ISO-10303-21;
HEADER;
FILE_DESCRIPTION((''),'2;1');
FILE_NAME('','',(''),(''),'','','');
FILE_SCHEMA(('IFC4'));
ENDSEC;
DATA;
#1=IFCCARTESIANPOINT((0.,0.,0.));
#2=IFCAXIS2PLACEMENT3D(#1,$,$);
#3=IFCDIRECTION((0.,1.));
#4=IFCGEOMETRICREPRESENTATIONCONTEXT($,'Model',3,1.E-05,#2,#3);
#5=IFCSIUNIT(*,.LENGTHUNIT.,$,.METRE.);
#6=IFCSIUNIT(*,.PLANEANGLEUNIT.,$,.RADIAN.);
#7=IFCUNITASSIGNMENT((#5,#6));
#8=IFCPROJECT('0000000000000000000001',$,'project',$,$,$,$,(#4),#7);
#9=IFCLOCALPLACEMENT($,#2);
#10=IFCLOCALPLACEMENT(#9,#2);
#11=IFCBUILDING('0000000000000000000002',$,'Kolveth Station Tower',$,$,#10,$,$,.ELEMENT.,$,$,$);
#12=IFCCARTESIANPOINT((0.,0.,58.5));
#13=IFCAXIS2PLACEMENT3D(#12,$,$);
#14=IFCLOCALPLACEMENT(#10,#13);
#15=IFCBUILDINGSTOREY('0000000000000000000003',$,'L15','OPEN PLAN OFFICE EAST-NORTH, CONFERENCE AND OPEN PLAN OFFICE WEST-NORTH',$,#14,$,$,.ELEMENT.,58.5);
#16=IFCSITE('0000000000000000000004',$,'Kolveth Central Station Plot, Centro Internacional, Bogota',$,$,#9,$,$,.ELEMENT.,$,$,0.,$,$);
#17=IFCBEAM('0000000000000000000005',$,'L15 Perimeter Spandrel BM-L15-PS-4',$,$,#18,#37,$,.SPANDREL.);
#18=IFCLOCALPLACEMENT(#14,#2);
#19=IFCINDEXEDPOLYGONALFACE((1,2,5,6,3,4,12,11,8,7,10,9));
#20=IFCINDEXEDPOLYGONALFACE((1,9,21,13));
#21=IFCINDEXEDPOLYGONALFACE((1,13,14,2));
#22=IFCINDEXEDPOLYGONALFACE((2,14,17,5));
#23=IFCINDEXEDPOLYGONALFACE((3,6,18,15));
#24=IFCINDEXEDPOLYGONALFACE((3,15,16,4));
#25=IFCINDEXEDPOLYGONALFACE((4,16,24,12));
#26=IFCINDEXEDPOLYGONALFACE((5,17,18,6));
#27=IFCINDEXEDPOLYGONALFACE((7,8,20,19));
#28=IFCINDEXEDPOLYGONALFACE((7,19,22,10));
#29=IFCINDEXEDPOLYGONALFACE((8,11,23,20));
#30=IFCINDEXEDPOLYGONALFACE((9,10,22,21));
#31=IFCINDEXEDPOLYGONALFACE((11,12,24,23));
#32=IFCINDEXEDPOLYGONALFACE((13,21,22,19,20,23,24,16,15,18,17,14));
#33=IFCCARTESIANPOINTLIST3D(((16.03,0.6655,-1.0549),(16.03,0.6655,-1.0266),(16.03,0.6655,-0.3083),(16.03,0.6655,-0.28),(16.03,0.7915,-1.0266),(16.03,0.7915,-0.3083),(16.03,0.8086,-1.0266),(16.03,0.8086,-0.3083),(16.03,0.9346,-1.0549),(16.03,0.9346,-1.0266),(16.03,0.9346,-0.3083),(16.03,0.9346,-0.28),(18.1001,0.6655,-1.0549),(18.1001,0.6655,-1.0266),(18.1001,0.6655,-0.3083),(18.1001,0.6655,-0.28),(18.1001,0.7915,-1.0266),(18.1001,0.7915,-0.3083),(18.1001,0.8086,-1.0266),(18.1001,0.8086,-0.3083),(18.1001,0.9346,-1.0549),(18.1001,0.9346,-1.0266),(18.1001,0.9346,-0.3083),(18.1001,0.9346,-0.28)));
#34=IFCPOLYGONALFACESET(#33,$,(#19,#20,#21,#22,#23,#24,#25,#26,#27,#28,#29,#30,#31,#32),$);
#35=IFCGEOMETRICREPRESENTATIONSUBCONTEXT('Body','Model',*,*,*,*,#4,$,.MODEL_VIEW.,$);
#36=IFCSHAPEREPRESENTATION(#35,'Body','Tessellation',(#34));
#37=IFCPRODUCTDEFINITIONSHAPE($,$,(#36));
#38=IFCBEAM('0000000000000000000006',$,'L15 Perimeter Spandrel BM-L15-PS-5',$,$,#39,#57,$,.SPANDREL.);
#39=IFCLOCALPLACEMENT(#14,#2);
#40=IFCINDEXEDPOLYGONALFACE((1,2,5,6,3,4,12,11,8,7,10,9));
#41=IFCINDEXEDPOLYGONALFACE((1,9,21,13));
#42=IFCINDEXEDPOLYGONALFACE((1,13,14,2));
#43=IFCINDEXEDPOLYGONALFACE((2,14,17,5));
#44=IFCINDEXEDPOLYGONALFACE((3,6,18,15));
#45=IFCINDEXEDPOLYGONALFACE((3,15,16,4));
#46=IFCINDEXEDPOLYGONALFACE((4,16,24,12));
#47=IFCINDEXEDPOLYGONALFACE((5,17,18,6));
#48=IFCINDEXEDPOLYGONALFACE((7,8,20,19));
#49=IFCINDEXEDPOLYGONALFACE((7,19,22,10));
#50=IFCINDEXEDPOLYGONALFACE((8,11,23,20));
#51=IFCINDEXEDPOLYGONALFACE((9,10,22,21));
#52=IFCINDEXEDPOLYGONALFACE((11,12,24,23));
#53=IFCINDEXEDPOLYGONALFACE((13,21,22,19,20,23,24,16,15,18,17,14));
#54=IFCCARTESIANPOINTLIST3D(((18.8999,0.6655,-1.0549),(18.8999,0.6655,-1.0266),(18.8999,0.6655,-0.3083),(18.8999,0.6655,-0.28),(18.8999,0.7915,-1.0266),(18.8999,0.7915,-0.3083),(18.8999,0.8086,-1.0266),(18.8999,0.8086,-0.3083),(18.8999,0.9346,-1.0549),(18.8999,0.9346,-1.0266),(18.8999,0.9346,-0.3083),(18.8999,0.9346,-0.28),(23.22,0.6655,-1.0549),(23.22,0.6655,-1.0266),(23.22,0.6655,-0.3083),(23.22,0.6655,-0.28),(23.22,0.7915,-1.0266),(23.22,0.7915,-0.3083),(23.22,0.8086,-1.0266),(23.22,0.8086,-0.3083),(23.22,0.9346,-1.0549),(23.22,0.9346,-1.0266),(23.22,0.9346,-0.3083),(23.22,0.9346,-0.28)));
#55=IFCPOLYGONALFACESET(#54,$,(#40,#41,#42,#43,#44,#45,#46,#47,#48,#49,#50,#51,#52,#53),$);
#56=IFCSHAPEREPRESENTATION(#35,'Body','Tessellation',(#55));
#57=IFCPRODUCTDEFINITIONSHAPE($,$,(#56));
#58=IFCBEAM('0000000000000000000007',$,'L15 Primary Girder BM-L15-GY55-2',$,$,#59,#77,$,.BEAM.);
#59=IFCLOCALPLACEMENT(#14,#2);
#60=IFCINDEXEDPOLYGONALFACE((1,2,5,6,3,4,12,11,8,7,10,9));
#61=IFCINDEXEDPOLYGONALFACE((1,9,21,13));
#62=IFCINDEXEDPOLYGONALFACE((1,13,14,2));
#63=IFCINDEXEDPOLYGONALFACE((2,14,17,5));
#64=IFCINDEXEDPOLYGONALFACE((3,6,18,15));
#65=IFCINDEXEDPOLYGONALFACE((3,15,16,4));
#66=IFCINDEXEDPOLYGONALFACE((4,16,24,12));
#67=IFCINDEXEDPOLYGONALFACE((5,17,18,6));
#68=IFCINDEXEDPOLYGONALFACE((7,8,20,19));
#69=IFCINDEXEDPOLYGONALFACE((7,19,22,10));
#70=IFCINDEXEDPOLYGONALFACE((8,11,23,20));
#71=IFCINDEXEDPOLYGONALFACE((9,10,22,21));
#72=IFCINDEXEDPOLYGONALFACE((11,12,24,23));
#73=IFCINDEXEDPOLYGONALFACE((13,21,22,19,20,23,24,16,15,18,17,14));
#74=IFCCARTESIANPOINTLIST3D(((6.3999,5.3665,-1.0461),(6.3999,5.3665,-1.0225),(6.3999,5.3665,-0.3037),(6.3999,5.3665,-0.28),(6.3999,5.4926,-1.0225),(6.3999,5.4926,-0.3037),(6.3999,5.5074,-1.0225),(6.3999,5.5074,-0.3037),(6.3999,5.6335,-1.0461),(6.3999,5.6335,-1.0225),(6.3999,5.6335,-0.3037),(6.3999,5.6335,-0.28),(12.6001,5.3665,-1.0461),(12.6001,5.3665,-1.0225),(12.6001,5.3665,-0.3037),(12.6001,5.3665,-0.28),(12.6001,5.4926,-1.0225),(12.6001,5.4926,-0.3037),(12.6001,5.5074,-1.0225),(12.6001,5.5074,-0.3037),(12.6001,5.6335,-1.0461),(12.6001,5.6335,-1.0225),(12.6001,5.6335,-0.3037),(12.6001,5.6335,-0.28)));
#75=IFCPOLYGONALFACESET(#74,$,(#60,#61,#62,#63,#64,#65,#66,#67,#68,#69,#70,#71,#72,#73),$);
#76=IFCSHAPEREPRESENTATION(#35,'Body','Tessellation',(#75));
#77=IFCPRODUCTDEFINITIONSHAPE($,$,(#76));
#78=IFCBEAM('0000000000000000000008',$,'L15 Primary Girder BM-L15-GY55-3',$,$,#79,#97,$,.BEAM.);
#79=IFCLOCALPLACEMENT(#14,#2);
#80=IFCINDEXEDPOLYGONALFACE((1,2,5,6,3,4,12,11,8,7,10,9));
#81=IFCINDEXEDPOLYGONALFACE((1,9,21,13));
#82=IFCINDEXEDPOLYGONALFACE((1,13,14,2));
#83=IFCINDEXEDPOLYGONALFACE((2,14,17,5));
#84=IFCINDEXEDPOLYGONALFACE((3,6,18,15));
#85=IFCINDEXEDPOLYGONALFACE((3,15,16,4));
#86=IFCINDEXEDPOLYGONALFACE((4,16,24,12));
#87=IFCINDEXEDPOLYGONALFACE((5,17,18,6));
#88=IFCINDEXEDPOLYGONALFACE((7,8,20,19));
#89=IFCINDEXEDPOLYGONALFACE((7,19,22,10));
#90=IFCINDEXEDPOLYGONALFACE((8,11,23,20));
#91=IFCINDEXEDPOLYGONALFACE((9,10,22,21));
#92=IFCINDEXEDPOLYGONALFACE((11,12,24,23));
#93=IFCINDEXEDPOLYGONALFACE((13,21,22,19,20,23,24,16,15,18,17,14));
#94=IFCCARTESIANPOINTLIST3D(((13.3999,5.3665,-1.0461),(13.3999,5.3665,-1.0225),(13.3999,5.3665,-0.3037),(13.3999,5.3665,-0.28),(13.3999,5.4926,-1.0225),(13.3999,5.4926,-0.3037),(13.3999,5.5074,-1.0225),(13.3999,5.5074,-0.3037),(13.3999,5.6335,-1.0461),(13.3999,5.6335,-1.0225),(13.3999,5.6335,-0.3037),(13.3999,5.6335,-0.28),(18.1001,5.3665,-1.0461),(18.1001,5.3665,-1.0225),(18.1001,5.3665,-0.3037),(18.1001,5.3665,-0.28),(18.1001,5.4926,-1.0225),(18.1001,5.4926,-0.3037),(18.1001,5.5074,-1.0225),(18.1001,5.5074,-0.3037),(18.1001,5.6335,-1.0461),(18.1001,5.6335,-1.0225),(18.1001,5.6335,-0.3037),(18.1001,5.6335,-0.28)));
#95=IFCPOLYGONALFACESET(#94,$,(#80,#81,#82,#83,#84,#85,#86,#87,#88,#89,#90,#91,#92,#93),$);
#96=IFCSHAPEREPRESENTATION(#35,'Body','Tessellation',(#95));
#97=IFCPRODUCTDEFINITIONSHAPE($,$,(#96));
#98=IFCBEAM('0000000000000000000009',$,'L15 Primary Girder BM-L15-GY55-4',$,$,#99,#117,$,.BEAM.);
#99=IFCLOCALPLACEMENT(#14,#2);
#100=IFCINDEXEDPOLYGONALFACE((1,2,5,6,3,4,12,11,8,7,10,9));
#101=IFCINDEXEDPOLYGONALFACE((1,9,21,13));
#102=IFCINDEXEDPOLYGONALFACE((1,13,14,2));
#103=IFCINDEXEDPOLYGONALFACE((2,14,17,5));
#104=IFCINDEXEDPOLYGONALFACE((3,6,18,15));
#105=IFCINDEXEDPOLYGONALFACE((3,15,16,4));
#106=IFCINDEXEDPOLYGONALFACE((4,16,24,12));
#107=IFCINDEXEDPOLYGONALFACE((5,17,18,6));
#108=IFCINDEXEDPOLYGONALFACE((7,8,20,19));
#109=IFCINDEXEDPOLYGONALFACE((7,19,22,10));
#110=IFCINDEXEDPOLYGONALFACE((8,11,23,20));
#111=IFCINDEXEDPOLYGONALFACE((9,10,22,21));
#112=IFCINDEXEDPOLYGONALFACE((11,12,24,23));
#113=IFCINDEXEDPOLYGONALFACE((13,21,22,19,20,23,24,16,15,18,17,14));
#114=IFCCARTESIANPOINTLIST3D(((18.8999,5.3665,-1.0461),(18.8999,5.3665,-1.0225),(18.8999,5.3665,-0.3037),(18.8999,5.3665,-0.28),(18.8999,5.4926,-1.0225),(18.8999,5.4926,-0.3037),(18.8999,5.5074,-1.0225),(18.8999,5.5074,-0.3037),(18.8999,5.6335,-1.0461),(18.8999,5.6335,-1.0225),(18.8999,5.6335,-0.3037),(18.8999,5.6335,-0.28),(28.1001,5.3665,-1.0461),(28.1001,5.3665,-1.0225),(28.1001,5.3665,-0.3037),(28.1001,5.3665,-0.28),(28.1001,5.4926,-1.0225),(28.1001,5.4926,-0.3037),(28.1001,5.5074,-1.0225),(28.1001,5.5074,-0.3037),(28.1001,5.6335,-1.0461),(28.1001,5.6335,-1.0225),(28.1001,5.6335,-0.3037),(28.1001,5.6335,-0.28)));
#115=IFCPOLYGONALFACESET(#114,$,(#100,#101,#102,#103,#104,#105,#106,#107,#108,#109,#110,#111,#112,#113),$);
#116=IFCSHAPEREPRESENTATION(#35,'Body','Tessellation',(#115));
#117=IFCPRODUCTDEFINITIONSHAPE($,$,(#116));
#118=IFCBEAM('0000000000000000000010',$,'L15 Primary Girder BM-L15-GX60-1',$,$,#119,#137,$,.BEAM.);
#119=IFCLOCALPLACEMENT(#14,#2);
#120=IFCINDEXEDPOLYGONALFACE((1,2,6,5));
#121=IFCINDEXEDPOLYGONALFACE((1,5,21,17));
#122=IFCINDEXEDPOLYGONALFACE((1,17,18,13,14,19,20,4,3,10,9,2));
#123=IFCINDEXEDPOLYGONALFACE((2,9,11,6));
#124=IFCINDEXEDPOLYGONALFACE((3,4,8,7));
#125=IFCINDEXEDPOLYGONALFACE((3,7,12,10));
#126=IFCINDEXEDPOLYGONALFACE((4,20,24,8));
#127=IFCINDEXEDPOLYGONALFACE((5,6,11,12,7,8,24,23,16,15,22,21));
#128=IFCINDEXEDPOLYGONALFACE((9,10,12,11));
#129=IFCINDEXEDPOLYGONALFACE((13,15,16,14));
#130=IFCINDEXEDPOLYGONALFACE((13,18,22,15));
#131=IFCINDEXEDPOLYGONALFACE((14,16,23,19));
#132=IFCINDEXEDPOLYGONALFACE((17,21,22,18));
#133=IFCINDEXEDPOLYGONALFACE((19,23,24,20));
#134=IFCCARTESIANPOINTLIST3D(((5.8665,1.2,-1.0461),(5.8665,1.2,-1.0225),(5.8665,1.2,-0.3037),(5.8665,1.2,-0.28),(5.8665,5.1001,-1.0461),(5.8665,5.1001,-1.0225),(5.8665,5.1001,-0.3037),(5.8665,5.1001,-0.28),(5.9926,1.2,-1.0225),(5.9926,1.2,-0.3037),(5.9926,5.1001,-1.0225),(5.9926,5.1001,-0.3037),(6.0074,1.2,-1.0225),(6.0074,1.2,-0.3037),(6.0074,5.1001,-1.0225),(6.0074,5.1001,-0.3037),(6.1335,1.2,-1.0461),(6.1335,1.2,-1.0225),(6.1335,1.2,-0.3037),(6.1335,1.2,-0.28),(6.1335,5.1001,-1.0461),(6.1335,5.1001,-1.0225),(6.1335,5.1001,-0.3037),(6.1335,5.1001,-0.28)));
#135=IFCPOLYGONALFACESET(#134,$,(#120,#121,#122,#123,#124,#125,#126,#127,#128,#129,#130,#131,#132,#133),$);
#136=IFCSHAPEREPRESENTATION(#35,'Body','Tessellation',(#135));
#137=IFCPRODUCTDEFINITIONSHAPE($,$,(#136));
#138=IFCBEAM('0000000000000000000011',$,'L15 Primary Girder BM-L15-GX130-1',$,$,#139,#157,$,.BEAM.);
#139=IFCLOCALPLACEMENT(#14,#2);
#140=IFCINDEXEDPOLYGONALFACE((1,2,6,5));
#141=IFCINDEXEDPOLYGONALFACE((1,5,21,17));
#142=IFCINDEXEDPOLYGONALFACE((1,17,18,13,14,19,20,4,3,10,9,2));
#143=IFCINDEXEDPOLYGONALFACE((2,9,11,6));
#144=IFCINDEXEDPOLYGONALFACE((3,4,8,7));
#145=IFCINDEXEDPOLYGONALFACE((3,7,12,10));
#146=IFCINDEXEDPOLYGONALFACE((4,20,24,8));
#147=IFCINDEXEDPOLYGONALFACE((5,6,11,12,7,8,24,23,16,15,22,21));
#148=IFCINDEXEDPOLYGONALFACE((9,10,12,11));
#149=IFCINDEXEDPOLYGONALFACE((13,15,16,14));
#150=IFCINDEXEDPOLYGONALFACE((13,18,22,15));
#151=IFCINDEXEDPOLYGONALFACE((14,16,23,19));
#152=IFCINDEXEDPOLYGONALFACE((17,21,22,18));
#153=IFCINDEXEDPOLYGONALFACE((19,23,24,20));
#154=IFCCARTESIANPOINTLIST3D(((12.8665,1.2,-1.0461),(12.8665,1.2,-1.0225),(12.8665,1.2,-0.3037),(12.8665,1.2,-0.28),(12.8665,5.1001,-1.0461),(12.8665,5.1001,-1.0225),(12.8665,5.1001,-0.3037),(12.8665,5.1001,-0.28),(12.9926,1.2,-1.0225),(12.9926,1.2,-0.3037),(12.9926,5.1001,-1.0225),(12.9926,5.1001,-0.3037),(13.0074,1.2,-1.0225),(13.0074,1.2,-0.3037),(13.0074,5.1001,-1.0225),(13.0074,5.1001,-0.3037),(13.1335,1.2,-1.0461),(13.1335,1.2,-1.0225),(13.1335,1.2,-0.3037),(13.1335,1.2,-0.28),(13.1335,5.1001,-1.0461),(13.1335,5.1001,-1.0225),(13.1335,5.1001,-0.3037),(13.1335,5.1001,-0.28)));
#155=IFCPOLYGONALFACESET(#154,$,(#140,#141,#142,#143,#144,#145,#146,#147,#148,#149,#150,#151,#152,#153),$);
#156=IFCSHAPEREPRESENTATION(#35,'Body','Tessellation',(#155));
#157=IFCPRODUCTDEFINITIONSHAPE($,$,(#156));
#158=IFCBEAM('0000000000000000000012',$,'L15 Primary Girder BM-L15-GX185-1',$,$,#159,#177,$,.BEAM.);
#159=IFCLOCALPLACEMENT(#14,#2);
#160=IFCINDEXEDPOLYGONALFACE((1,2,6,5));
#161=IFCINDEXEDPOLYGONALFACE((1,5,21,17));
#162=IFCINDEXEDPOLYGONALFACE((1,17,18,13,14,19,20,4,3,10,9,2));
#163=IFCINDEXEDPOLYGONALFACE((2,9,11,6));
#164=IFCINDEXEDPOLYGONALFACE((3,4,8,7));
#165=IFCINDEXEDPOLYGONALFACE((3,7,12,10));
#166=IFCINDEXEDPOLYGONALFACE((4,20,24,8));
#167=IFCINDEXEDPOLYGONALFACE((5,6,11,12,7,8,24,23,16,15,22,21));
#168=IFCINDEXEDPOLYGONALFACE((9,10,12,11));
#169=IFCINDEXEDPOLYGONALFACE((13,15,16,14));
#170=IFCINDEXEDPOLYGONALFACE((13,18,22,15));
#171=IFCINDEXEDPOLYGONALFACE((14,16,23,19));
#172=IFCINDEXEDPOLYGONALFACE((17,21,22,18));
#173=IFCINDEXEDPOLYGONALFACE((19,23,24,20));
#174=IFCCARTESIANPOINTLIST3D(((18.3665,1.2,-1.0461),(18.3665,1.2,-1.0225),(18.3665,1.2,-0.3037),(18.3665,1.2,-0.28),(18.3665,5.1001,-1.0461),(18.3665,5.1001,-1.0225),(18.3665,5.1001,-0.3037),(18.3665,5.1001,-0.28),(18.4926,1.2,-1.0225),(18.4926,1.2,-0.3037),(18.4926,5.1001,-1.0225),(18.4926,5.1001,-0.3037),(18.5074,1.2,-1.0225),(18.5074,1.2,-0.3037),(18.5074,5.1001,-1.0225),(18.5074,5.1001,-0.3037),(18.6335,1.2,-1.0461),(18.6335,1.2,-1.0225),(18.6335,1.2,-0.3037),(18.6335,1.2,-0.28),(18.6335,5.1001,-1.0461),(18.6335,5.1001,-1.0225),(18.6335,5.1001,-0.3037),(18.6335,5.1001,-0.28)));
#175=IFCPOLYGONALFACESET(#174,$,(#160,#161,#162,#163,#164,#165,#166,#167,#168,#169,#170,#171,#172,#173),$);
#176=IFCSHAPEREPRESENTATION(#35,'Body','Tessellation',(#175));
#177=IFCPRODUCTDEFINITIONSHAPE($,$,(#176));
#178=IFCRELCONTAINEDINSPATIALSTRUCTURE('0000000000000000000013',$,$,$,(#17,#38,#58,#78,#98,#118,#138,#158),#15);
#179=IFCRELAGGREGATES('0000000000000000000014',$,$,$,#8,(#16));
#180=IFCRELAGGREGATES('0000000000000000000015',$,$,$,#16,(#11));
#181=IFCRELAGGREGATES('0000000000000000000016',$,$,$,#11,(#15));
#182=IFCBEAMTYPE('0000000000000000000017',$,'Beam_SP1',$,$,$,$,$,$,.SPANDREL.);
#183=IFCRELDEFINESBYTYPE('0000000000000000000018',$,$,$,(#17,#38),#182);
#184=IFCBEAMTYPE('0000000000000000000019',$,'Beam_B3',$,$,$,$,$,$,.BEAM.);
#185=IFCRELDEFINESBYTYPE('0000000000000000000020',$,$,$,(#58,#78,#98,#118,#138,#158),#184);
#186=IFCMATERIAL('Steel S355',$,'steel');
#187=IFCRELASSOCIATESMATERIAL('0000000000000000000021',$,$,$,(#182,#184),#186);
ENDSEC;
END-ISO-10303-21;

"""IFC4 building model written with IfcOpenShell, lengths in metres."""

from ifc_helpers import new_model, si_unit, direction, frame, origin, origin_2d, place, context, subcontext, project, spatial, i_section, extrude, source, transform, mapped, material, material_profile, profile_set, type_object, element, save


model = new_model("IFC4")

# Units and contexts
model_context = context("Model", 3, precision=1e-05, world=origin(), true_north=direction((0.0, 1.0)))
body_context = subcontext(model_context, "Body", "Model", "MODEL_VIEW")
ifc_project = project(units=[si_unit("LENGTHUNIT", "METRE"), si_unit("PLANEANGLEUNIT", "RADIAN")], contexts=[model_context])

# Site, building, storey
site_placement = place(None, origin())
site = spatial("IfcSite", under=ifc_project, at=site_placement, Name="Kolveth Central Station Plot, Centro Internacional, Bogota", CompositionType="ELEMENT", RefElevation=0.0)
building_placement = place(site_placement, origin())
building = spatial("IfcBuilding", under=site, at=building_placement, Name="Kolveth Station Tower", CompositionType="ELEMENT")
storey_placement = place(building_placement, frame((0.0, 0.0, 58.5)))
storey = spatial("IfcBuildingStorey", under=building, at=storey_placement, Name="L15", Description="OPEN PLAN OFFICE EAST-NORTH, CONFERENCE AND OPEN PLAN OFFICE WEST-NORTH", CompositionType="ELEMENT", Elevation=58.5)

# Shared definitions
ifc_material_1 = material(Name="Steel S355", Category="steel")

# Beams
ifc_material_profile_1 = material_profile(ifc_material_1, i_section(OverallWidth=0.269, OverallDepth=0.7749, WebThickness=0.0171, FlangeThickness=0.0283, at=origin_2d()), Name="W760x220")
ifc_profile_set_1 = profile_set([ifc_material_profile_1], Name="Steel S355")
beam_type_1 = type_object("IfcBeamType", Name="Beam_SP1", PredefinedType="SPANDREL", material=ifc_profile_set_1)
shared_shape_1 = source(origin(), body_context, "Body", "SweptSolid", [
    extrude(i_section(OverallWidth=0.269, OverallDepth=0.7749, WebThickness=0.0171, FlangeThickness=0.0283, at=origin_2d()), origin(), (0.0, 0.0, 1.0), 2.0701),
])
for number, where, z_axis, x_axis, name in (
    (1, (16.03, 0.8, -0.6675), (1.0, 0.0, 0.0), (0.0, 1.0, 0.0), "L15 Perimeter Spandrel BM-L15-PS-4"),
):
    element("IfcBeam", number, at=place(storey_placement, frame(where, z_axis=z_axis, x_axis=x_axis)), inside=storey, type_object=beam_type_1, Name=name, PredefinedType="SPANDREL", context=body_context, shape_type="MappedRepresentation", body=[
        mapped(shared_shape_1, transform((0.0, 0.0, 0.0), x_axis=(1.0, 0.0, 0.0), y_axis=(0.0, 1.0, 0.0), z_axis=(0.0, 0.0, 1.0), scale=1.0)),
    ])
shared_shape_2 = source(origin(), body_context, "Body", "SweptSolid", [
    extrude(i_section(OverallWidth=0.269, OverallDepth=0.7749, WebThickness=0.0171, FlangeThickness=0.0283, at=origin_2d()), origin(), (0.0, 0.0, 1.0), 4.3201),
])
beam_1_placement = place(storey_placement, frame((18.8999, 0.8, -0.6675), z_axis=(1.0, 0.0, 0.0), x_axis=(0.0, 1.0, 0.0)))
element("IfcBeam", 2, at=beam_1_placement, inside=storey, type_object=beam_type_1, Name="L15 Perimeter Spandrel BM-L15-PS-5", PredefinedType="SPANDREL", context=body_context, shape_type="MappedRepresentation", body=[
    mapped(shared_shape_2, transform((0.0, 0.0, 0.0), x_axis=(1.0, 0.0, 0.0), y_axis=(0.0, 1.0, 0.0), z_axis=(0.0, 0.0, 1.0), scale=1.0)),
])
ifc_material_profile_2 = material_profile(ifc_material_1, i_section(OverallWidth=0.2671, OverallDepth=0.7661, WebThickness=0.0149, FlangeThickness=0.0237, at=origin_2d()), Name="W760x185")
ifc_profile_set_2 = profile_set([ifc_material_profile_2], Name="Steel S355")
beam_type_2 = type_object("IfcBeamType", Name="Beam_B3", PredefinedType="BEAM", material=ifc_profile_set_2)
shared_shape_3 = source(origin(), body_context, "Body", "SweptSolid", [
    extrude(i_section(OverallWidth=0.2671, OverallDepth=0.7661, WebThickness=0.0149, FlangeThickness=0.0237, at=origin_2d()), origin(), (0.0, 0.0, 1.0), 6.2002),
])
beam_2_placement = place(storey_placement, frame((6.3999, 5.5, -0.6631), z_axis=(1.0, 0.0, 0.0), x_axis=(0.0, 1.0, 0.0)))
element("IfcBeam", 3, at=beam_2_placement, inside=storey, type_object=beam_type_2, Name="L15 Primary Girder BM-L15-GY55-2", PredefinedType="BEAM", context=body_context, shape_type="MappedRepresentation", body=[
    mapped(shared_shape_3, transform((0.0, 0.0, 0.0), x_axis=(1.0, 0.0, 0.0), y_axis=(0.0, 1.0, 0.0), z_axis=(0.0, 0.0, 1.0), scale=1.0)),
])
shared_shape_4 = source(origin(), body_context, "Body", "SweptSolid", [
    extrude(i_section(OverallWidth=0.2671, OverallDepth=0.7661, WebThickness=0.0149, FlangeThickness=0.0237, at=origin_2d()), origin(), (0.0, 0.0, 1.0), 4.7002),
])
beam_3_placement = place(storey_placement, frame((13.3999, 5.5, -0.6631), z_axis=(1.0, 0.0, 0.0), x_axis=(0.0, 1.0, 0.0)))
element("IfcBeam", 4, at=beam_3_placement, inside=storey, type_object=beam_type_2, Name="L15 Primary Girder BM-L15-GY55-3", PredefinedType="BEAM", context=body_context, shape_type="MappedRepresentation", body=[
    mapped(shared_shape_4, transform((0.0, 0.0, 0.0), x_axis=(1.0, 0.0, 0.0), y_axis=(0.0, 1.0, 0.0), z_axis=(0.0, 0.0, 1.0), scale=1.0)),
])
shared_shape_5 = source(origin(), body_context, "Body", "SweptSolid", [
    extrude(i_section(OverallWidth=0.2671, OverallDepth=0.7661, WebThickness=0.0149, FlangeThickness=0.0237, at=origin_2d()), origin(), (0.0, 0.0, 1.0), 9.2002),
])
beam_4_placement = place(storey_placement, frame((18.8999, 5.5, -0.6631), z_axis=(1.0, 0.0, 0.0), x_axis=(0.0, 1.0, 0.0)))
element("IfcBeam", 5, at=beam_4_placement, inside=storey, type_object=beam_type_2, Name="L15 Primary Girder BM-L15-GY55-4", PredefinedType="BEAM", context=body_context, shape_type="MappedRepresentation", body=[
    mapped(shared_shape_5, transform((0.0, 0.0, 0.0), x_axis=(1.0, 0.0, 0.0), y_axis=(0.0, 1.0, 0.0), z_axis=(0.0, 0.0, 1.0), scale=1.0)),
])
shared_shape_6 = source(origin(), body_context, "Body", "SweptSolid", [
    extrude(i_section(OverallWidth=0.2671, OverallDepth=0.7661, WebThickness=0.0149, FlangeThickness=0.0237, at=origin_2d()), origin(), (0.0, 0.0, 1.0), 3.9001),
])
for number, where, z_axis, x_axis, name in (
    (6, (6.0, 1.2, -0.6631), (0.0, 1.0, 0.0), (-1.0, 0.0, 0.0), "L15 Primary Girder BM-L15-GX60-1"),
    (7, (13.0, 1.2, -0.6631), (0.0, 1.0, 0.0), (-1.0, 0.0, 0.0), "L15 Primary Girder BM-L15-GX130-1"),
    (8, (18.5, 1.2, -0.6631), (0.0, 1.0, 0.0), (-1.0, 0.0, 0.0), "L15 Primary Girder BM-L15-GX185-1"),
):
    element("IfcBeam", number, at=place(storey_placement, frame(where, z_axis=z_axis, x_axis=x_axis)), inside=storey, type_object=beam_type_2, Name=name, PredefinedType="BEAM", context=body_context, shape_type="MappedRepresentation", body=[
        mapped(shared_shape_6, transform((0.0, 0.0, 0.0), x_axis=(1.0, 0.0, 0.0), y_axis=(0.0, 1.0, 0.0), z_axis=(0.0, 0.0, 1.0), scale=1.0)),
    ])

save(model, "model.ifc")
